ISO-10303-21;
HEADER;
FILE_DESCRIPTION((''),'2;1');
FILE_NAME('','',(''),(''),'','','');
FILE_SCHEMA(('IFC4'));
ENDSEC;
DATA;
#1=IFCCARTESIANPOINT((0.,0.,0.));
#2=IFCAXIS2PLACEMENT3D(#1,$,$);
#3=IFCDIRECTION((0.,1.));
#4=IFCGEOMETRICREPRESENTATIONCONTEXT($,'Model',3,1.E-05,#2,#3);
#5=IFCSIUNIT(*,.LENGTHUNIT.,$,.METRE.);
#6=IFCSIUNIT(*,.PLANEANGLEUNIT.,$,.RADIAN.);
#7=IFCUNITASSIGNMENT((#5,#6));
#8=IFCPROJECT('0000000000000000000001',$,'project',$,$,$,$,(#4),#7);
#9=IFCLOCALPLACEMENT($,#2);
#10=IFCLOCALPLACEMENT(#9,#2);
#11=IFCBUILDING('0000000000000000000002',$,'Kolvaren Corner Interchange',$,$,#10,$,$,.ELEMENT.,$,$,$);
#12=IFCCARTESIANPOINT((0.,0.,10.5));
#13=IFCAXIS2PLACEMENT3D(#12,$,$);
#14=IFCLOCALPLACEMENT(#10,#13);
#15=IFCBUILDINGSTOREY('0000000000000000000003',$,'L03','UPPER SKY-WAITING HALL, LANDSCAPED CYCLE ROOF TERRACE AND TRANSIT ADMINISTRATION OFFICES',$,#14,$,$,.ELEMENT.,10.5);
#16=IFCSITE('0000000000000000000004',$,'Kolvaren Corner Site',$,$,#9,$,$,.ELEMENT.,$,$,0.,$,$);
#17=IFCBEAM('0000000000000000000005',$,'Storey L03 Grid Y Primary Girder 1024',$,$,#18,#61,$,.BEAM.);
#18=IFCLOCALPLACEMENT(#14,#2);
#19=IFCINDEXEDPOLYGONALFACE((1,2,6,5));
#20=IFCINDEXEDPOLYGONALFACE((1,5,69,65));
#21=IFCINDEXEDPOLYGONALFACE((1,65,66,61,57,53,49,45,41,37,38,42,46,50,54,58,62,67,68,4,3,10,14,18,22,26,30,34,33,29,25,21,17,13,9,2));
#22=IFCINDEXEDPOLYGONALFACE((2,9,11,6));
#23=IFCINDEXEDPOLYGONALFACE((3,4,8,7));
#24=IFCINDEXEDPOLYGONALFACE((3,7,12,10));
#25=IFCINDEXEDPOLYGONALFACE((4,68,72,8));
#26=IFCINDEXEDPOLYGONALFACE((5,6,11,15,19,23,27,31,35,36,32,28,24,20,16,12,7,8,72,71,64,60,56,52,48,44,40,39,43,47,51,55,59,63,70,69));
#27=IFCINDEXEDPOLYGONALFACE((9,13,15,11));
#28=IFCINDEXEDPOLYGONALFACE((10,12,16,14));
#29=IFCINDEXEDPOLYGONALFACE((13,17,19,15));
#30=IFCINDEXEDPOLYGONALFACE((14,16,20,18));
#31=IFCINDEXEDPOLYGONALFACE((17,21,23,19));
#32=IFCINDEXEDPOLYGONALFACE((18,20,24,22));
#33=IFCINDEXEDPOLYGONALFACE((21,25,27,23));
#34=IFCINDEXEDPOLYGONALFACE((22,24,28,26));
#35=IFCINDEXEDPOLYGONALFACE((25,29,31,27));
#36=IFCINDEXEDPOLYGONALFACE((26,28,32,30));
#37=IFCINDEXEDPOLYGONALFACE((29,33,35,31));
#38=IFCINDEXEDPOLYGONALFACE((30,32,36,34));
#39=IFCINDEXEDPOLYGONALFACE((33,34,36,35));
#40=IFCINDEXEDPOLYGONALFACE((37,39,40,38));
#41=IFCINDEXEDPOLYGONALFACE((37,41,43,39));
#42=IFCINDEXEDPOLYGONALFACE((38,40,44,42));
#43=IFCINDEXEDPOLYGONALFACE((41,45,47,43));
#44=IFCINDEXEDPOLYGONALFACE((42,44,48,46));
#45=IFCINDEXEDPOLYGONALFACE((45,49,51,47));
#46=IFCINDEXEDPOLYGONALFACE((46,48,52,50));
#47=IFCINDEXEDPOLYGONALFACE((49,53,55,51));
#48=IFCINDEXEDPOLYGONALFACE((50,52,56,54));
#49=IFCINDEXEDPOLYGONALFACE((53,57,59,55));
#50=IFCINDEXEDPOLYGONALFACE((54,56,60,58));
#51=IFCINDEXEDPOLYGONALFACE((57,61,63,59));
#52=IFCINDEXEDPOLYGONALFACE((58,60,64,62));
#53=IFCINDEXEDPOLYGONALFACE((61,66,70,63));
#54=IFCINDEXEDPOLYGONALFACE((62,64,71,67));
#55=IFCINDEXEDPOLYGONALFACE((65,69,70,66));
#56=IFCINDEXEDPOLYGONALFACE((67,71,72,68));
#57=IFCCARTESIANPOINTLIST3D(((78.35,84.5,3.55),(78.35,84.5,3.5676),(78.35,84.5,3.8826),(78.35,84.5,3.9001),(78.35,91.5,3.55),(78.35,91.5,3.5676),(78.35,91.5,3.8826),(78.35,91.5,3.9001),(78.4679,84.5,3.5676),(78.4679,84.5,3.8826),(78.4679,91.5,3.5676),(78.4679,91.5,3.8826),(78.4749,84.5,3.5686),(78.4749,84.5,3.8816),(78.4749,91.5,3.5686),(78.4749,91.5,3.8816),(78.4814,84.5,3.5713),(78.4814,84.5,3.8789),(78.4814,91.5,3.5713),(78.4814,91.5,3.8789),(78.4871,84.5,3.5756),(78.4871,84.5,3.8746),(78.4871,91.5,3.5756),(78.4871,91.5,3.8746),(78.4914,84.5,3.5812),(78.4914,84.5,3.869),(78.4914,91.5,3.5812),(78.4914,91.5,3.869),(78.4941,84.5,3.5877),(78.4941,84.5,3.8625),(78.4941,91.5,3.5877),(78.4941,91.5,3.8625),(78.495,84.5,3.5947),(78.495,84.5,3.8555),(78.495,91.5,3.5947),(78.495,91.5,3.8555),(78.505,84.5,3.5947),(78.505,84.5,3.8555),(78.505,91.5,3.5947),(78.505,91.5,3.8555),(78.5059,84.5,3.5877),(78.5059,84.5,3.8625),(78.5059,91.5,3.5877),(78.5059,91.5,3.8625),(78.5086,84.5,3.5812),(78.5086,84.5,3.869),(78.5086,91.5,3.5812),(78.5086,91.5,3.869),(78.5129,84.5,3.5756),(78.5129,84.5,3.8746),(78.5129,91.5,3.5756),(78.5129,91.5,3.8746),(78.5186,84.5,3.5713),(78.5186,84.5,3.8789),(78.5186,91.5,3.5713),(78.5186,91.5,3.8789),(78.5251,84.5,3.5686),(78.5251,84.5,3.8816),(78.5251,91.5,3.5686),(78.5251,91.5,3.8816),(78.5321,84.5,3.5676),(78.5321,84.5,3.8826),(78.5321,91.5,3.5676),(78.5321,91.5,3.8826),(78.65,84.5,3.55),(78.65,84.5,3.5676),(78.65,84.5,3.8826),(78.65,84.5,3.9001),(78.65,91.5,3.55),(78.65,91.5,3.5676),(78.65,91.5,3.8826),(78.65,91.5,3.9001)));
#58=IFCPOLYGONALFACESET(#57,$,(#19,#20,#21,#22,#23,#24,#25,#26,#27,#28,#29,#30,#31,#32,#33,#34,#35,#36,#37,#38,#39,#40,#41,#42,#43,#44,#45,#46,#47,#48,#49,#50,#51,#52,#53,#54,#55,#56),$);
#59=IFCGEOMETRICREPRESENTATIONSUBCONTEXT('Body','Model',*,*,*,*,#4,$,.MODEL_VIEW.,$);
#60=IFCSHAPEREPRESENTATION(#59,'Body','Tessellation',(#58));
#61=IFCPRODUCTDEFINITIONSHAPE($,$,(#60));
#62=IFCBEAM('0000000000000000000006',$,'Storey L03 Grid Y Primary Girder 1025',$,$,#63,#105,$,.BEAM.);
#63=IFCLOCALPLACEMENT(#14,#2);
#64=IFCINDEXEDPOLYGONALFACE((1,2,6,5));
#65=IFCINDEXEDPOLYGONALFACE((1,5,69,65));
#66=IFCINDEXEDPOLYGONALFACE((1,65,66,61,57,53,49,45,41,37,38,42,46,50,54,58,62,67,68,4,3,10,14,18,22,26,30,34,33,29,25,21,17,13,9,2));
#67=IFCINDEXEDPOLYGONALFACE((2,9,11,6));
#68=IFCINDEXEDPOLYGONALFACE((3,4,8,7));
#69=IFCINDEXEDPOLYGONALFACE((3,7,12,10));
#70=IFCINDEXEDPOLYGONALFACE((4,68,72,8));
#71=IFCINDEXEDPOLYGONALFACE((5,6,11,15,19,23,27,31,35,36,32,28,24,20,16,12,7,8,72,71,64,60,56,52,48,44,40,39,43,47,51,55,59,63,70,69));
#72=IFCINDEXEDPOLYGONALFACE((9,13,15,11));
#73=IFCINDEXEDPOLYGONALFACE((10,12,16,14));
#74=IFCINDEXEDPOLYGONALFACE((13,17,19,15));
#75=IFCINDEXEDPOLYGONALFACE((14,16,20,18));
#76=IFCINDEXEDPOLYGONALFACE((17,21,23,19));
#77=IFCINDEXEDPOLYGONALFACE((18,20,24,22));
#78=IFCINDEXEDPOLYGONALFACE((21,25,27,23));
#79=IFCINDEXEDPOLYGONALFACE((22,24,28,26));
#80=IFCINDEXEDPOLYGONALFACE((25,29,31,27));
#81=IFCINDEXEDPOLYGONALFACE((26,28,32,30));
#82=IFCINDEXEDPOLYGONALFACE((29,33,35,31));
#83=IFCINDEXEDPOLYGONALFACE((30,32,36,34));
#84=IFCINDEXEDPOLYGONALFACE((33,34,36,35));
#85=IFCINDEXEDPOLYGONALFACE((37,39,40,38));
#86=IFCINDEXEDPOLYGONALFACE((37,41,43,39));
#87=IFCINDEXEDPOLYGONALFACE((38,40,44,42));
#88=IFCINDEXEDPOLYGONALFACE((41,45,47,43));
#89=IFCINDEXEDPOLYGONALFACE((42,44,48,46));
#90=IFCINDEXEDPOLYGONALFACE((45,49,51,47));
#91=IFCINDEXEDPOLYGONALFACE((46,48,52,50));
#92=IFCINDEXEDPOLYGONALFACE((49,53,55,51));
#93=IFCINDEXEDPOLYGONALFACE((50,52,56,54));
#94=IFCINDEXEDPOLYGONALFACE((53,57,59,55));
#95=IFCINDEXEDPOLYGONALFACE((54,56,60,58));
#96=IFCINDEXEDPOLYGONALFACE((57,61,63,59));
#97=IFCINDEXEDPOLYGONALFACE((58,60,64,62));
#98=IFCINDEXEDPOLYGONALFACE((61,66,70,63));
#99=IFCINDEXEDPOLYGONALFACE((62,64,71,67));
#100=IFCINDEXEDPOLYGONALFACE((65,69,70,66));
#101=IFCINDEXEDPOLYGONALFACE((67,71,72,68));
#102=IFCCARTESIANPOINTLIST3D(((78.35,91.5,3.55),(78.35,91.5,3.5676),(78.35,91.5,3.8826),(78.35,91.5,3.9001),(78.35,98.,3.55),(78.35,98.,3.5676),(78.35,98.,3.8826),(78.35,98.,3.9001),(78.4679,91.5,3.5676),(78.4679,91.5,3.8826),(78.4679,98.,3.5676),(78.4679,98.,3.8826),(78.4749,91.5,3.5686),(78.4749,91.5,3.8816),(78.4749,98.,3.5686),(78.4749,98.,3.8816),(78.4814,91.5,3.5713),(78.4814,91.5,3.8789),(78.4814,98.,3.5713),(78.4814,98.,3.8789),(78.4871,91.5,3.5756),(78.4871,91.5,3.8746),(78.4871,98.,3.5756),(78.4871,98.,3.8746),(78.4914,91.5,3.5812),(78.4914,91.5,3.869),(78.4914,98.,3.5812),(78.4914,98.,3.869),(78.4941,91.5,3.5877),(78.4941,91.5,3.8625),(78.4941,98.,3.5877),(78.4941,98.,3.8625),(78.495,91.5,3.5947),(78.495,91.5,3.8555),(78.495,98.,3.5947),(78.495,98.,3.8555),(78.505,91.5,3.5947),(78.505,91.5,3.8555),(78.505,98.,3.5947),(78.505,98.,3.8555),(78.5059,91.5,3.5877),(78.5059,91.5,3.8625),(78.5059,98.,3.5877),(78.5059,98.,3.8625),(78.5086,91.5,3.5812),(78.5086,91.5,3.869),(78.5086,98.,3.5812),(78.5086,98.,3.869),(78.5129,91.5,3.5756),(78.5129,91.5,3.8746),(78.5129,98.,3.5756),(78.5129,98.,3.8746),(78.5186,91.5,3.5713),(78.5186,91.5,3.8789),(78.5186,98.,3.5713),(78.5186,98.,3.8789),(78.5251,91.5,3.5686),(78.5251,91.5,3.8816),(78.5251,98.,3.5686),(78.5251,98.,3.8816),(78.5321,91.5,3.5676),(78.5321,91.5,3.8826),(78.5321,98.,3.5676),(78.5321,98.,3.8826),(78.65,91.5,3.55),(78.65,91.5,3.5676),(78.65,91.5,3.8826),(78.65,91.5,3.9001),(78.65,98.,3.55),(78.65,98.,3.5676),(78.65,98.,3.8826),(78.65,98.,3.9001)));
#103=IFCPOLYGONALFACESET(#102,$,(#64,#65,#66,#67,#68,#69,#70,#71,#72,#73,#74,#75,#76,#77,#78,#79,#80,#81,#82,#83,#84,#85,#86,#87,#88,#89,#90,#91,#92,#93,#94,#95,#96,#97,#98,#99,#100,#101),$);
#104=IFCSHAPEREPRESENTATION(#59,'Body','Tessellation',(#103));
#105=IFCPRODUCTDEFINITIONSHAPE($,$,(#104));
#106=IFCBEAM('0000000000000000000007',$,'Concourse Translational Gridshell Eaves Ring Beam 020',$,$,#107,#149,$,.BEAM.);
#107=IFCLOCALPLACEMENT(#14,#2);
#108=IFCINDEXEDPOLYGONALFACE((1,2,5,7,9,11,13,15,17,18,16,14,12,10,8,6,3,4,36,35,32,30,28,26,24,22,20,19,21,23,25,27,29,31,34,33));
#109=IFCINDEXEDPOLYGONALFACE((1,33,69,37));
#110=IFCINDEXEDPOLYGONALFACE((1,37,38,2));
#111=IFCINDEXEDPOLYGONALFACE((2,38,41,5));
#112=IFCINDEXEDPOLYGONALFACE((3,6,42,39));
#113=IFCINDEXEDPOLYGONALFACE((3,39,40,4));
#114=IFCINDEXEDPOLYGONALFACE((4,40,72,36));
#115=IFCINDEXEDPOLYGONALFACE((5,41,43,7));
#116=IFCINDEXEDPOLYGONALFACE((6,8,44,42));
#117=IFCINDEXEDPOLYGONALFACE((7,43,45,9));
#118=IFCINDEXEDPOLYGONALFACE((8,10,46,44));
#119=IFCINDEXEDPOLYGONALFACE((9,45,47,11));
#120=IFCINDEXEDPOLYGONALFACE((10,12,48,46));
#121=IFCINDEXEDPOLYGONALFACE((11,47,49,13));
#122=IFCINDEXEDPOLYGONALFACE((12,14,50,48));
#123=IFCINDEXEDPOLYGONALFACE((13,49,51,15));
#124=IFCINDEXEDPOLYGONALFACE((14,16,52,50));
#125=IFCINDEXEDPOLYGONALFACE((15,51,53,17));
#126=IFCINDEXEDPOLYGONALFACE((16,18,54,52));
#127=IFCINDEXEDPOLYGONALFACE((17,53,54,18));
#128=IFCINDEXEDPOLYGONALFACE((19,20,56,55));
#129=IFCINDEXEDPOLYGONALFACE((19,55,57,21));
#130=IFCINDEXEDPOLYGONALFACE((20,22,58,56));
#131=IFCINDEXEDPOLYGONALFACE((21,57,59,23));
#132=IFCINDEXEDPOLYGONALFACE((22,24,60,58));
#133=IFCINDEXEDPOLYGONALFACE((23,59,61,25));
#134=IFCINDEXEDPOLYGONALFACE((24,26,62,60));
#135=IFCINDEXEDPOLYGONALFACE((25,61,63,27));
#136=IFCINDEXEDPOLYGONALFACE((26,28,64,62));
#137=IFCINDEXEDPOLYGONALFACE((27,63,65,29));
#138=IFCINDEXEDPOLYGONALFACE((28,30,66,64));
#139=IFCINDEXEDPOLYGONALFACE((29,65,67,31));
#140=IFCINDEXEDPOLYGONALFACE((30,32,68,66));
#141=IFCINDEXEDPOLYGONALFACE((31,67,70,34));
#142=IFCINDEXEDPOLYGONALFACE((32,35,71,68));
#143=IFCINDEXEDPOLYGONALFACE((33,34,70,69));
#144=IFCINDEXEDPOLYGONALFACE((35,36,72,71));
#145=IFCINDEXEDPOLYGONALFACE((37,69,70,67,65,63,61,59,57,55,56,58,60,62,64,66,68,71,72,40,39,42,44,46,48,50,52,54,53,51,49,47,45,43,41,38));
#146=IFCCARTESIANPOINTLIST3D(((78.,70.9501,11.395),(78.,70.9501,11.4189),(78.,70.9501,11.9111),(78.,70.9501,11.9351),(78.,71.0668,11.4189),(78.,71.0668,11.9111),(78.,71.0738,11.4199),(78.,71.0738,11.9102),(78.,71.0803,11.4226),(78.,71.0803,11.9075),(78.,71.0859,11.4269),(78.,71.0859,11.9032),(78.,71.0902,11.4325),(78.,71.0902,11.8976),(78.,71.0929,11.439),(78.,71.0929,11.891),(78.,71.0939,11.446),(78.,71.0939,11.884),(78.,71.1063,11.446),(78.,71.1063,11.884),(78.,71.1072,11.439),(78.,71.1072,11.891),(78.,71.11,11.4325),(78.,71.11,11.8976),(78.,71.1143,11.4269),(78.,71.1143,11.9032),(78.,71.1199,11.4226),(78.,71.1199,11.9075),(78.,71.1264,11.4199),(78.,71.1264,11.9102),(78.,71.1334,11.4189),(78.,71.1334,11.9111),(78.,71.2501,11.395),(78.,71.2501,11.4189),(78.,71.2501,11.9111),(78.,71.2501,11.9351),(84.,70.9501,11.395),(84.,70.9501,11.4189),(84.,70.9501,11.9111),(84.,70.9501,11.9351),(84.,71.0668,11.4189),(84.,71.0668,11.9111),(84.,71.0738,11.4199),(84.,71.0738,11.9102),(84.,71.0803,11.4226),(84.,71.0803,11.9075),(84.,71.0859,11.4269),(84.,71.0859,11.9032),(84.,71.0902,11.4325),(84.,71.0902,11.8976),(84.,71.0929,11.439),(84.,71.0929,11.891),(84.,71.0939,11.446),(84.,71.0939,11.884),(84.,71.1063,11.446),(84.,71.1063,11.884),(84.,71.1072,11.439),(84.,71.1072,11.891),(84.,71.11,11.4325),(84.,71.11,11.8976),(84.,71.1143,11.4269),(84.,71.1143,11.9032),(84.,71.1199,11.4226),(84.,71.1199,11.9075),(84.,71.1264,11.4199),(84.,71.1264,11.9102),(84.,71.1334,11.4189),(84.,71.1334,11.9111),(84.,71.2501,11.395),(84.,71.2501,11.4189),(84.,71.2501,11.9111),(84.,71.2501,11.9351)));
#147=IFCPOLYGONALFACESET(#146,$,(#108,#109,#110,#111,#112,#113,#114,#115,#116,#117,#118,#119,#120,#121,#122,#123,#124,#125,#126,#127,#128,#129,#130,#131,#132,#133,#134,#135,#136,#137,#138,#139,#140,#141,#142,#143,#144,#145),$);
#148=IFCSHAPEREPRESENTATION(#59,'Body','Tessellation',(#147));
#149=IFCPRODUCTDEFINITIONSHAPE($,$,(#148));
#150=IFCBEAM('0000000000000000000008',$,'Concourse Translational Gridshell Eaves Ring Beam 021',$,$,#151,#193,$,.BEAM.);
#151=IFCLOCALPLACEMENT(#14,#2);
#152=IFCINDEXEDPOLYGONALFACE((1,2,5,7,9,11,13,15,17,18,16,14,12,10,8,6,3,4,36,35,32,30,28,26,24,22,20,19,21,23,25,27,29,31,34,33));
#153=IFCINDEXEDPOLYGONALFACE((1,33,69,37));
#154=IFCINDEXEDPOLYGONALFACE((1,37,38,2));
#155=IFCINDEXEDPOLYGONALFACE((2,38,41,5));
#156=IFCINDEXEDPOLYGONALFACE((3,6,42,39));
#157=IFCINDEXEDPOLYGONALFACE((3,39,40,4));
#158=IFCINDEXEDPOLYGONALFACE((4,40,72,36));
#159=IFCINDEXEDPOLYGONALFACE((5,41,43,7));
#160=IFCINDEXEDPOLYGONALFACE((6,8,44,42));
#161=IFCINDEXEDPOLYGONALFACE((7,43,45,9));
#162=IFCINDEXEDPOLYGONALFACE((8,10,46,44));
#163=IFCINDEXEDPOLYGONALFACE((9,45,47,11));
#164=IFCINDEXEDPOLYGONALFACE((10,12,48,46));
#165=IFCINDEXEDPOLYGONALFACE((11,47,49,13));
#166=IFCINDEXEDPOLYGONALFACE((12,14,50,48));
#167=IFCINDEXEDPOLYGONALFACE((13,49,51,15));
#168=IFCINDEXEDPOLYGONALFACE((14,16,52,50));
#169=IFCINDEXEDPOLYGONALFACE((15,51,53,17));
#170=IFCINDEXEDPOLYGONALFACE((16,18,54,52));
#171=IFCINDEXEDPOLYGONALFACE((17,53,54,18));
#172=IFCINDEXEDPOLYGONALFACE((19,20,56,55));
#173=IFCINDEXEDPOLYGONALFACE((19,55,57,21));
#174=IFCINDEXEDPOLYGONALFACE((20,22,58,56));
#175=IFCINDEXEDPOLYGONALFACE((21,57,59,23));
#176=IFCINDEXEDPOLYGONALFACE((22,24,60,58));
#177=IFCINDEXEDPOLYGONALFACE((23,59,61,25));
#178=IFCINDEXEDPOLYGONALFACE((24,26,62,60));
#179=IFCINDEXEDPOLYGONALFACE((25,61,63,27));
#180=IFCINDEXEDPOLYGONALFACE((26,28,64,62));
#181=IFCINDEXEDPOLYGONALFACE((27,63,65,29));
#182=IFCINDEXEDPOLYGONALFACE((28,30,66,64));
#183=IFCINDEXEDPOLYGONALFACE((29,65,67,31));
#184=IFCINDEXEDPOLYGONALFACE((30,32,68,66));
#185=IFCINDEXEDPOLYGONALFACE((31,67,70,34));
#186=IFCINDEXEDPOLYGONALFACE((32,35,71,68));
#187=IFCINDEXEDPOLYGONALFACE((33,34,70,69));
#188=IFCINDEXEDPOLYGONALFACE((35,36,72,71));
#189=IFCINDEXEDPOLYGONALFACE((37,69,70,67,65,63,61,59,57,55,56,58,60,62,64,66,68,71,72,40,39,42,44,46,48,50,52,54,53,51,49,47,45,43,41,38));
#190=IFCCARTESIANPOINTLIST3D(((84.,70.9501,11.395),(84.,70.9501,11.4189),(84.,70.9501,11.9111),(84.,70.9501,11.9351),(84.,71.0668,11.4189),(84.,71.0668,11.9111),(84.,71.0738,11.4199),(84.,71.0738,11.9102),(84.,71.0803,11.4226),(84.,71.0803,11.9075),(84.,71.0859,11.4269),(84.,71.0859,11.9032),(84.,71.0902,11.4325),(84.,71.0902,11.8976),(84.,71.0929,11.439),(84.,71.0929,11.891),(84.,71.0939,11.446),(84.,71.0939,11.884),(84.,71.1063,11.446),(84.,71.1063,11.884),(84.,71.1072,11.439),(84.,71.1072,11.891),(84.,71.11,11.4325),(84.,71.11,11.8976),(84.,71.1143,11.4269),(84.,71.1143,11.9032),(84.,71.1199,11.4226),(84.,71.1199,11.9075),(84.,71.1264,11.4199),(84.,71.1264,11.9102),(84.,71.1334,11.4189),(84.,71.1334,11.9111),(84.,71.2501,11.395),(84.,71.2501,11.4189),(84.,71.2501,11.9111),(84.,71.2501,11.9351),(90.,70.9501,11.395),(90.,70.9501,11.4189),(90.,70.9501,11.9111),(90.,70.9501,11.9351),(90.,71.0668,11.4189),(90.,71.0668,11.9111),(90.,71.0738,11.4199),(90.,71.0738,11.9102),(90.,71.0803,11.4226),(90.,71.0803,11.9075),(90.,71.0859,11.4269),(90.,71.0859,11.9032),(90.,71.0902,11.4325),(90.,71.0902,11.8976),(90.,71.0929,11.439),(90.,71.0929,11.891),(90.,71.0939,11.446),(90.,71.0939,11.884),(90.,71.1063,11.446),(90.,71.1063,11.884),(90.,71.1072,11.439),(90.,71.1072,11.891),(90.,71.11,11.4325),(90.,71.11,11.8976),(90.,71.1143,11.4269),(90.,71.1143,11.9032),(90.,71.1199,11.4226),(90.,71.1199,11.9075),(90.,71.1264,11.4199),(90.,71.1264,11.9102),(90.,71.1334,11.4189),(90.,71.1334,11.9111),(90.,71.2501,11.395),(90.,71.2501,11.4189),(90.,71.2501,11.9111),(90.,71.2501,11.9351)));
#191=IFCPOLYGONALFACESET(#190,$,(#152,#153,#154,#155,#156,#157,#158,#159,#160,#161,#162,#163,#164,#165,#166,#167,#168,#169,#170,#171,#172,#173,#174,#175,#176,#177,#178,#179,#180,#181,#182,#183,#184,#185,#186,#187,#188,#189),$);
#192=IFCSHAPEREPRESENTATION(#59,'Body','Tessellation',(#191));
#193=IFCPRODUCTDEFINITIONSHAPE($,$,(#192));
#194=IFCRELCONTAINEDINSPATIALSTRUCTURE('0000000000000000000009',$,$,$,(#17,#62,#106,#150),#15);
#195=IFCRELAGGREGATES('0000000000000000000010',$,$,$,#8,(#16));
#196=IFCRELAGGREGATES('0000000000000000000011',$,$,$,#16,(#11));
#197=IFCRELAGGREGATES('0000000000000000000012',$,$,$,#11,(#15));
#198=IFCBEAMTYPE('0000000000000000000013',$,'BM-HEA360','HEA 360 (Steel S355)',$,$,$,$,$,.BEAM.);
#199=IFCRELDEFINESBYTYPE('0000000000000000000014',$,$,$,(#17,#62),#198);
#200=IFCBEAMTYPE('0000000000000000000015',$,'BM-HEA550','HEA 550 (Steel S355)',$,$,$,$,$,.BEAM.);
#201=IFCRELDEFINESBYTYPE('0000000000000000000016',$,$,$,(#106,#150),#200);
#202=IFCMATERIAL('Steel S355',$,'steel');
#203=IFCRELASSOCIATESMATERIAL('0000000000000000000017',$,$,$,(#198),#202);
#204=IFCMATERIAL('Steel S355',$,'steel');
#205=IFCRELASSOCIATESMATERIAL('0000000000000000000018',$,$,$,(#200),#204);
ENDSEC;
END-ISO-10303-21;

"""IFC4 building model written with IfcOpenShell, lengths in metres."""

from ifc_helpers import new_model, si_unit, direction, frame, origin, origin_2d, place, context, subcontext, project, spatial, i_section, extrude, material, material_profile, profile_set, type_object, element, save


model = new_model("IFC4")

# Units and contexts
model_context = context("Model", 3, precision=1e-05, world=origin(), true_north=direction((0.0, 1.0)))
body_context = subcontext(model_context, "Body", "Model", "MODEL_VIEW")
ifc_project = project(units=[si_unit("LENGTHUNIT", "METRE"), si_unit("PLANEANGLEUNIT", "RADIAN")], contexts=[model_context])

# Site, building, storey
site_placement = place(None, origin())
site = spatial("IfcSite", under=ifc_project, at=site_placement, Name="Kolvaren Corner Site", CompositionType="ELEMENT", RefElevation=0.0)
building_placement = place(site_placement, origin())
building = spatial("IfcBuilding", under=site, at=building_placement, Name="Kolvaren Corner Interchange", CompositionType="ELEMENT")
storey_placement = place(building_placement, frame((0.0, 0.0, 10.5)))
storey = spatial("IfcBuildingStorey", under=building, at=storey_placement, Name="L03", Description="UPPER SKY-WAITING HALL, LANDSCAPED CYCLE ROOF TERRACE AND TRANSIT ADMINISTRATION OFFICES", CompositionType="ELEMENT", Elevation=10.5)

# Beams
ifc_material_1 = material(Name="Steel S355", Category="steel")
ifc_material_profile_1 = material_profile(ifc_material_1, i_section(OverallWidth=0.3, OverallDepth=0.3501, WebThickness=0.01, FlangeThickness=0.0176, FilletRadius=0.0271, at=origin_2d()), Name="HEA 360")
ifc_profile_set_1 = profile_set([ifc_material_profile_1], Name="Steel S355")
beam_type_1 = type_object("IfcBeamType", Name="BM-HEA360", Description="HEA 360 (Steel S355)", PredefinedType="BEAM", material=ifc_profile_set_1)
beam_1_placement = place(storey_placement, frame((78.5, 84.5, 3.7251), z_axis=(0.0, 1.0, 0.0), x_axis=(-1.0, 0.0, 0.0)))
element("IfcBeam", 1, at=beam_1_placement, inside=storey, type_object=beam_type_1, Name="Storey L03 Grid Y Primary Girder 1024", PredefinedType="BEAM", context=body_context, shape_type="SweptSolid", body=[
    extrude(i_section(OverallWidth=0.3, OverallDepth=0.3501, WebThickness=0.01, FlangeThickness=0.0176, FilletRadius=0.0271, at=origin_2d()), origin(), (0.0, 0.0, 1.0), 7.0),
])
beam_2_placement = place(storey_placement, frame((78.5, 91.5, 3.7251), z_axis=(0.0, 1.0, 0.0), x_axis=(-1.0, 0.0, 0.0)))
element("IfcBeam", 2, at=beam_2_placement, inside=storey, type_object=beam_type_1, Name="Storey L03 Grid Y Primary Girder 1025", PredefinedType="BEAM", context=body_context, shape_type="SweptSolid", body=[
    extrude(i_section(OverallWidth=0.3, OverallDepth=0.3501, WebThickness=0.01, FlangeThickness=0.0176, FilletRadius=0.0271, at=origin_2d()), origin(), (0.0, 0.0, 1.0), 6.5),
])
ifc_material_2 = material(Name="Steel S355", Category="steel")
ifc_material_profile_2 = material_profile(ifc_material_2, i_section(OverallWidth=0.3, OverallDepth=0.54, WebThickness=0.0125, FlangeThickness=0.0239, FilletRadius=0.0271, at=origin_2d()), Name="HEA 550")
ifc_profile_set_2 = profile_set([ifc_material_profile_2], Name="Steel S355")
beam_type_2 = type_object("IfcBeamType", Name="BM-HEA550", Description="HEA 550 (Steel S355)", PredefinedType="BEAM", material=ifc_profile_set_2)
for number, where, z_axis, x_axis, name in (
    (3, (78.0, 71.1001, 11.665), (1.0, 0.0, 0.0), (0.0, 1.0, 0.0), "Concourse Translational Gridshell Eaves Ring Beam 020"),
    (4, (84.0, 71.1001, 11.665), (1.0, 0.0, 0.0), (0.0, 1.0, 0.0), "Concourse Translational Gridshell Eaves Ring Beam 021"),
):
    element("IfcBeam", number, at=place(storey_placement, frame(where, z_axis=z_axis, x_axis=x_axis)), inside=storey, type_object=beam_type_2, Name=name, PredefinedType="BEAM", context=body_context, shape_type="SweptSolid", body=[
        extrude(i_section(OverallWidth=0.3, OverallDepth=0.54, WebThickness=0.0125, FlangeThickness=0.0239, FilletRadius=0.0271, at=origin_2d()), origin(), (0.0, 0.0, 1.0), 6.0),
    ])

save(model, "model.ifc")
